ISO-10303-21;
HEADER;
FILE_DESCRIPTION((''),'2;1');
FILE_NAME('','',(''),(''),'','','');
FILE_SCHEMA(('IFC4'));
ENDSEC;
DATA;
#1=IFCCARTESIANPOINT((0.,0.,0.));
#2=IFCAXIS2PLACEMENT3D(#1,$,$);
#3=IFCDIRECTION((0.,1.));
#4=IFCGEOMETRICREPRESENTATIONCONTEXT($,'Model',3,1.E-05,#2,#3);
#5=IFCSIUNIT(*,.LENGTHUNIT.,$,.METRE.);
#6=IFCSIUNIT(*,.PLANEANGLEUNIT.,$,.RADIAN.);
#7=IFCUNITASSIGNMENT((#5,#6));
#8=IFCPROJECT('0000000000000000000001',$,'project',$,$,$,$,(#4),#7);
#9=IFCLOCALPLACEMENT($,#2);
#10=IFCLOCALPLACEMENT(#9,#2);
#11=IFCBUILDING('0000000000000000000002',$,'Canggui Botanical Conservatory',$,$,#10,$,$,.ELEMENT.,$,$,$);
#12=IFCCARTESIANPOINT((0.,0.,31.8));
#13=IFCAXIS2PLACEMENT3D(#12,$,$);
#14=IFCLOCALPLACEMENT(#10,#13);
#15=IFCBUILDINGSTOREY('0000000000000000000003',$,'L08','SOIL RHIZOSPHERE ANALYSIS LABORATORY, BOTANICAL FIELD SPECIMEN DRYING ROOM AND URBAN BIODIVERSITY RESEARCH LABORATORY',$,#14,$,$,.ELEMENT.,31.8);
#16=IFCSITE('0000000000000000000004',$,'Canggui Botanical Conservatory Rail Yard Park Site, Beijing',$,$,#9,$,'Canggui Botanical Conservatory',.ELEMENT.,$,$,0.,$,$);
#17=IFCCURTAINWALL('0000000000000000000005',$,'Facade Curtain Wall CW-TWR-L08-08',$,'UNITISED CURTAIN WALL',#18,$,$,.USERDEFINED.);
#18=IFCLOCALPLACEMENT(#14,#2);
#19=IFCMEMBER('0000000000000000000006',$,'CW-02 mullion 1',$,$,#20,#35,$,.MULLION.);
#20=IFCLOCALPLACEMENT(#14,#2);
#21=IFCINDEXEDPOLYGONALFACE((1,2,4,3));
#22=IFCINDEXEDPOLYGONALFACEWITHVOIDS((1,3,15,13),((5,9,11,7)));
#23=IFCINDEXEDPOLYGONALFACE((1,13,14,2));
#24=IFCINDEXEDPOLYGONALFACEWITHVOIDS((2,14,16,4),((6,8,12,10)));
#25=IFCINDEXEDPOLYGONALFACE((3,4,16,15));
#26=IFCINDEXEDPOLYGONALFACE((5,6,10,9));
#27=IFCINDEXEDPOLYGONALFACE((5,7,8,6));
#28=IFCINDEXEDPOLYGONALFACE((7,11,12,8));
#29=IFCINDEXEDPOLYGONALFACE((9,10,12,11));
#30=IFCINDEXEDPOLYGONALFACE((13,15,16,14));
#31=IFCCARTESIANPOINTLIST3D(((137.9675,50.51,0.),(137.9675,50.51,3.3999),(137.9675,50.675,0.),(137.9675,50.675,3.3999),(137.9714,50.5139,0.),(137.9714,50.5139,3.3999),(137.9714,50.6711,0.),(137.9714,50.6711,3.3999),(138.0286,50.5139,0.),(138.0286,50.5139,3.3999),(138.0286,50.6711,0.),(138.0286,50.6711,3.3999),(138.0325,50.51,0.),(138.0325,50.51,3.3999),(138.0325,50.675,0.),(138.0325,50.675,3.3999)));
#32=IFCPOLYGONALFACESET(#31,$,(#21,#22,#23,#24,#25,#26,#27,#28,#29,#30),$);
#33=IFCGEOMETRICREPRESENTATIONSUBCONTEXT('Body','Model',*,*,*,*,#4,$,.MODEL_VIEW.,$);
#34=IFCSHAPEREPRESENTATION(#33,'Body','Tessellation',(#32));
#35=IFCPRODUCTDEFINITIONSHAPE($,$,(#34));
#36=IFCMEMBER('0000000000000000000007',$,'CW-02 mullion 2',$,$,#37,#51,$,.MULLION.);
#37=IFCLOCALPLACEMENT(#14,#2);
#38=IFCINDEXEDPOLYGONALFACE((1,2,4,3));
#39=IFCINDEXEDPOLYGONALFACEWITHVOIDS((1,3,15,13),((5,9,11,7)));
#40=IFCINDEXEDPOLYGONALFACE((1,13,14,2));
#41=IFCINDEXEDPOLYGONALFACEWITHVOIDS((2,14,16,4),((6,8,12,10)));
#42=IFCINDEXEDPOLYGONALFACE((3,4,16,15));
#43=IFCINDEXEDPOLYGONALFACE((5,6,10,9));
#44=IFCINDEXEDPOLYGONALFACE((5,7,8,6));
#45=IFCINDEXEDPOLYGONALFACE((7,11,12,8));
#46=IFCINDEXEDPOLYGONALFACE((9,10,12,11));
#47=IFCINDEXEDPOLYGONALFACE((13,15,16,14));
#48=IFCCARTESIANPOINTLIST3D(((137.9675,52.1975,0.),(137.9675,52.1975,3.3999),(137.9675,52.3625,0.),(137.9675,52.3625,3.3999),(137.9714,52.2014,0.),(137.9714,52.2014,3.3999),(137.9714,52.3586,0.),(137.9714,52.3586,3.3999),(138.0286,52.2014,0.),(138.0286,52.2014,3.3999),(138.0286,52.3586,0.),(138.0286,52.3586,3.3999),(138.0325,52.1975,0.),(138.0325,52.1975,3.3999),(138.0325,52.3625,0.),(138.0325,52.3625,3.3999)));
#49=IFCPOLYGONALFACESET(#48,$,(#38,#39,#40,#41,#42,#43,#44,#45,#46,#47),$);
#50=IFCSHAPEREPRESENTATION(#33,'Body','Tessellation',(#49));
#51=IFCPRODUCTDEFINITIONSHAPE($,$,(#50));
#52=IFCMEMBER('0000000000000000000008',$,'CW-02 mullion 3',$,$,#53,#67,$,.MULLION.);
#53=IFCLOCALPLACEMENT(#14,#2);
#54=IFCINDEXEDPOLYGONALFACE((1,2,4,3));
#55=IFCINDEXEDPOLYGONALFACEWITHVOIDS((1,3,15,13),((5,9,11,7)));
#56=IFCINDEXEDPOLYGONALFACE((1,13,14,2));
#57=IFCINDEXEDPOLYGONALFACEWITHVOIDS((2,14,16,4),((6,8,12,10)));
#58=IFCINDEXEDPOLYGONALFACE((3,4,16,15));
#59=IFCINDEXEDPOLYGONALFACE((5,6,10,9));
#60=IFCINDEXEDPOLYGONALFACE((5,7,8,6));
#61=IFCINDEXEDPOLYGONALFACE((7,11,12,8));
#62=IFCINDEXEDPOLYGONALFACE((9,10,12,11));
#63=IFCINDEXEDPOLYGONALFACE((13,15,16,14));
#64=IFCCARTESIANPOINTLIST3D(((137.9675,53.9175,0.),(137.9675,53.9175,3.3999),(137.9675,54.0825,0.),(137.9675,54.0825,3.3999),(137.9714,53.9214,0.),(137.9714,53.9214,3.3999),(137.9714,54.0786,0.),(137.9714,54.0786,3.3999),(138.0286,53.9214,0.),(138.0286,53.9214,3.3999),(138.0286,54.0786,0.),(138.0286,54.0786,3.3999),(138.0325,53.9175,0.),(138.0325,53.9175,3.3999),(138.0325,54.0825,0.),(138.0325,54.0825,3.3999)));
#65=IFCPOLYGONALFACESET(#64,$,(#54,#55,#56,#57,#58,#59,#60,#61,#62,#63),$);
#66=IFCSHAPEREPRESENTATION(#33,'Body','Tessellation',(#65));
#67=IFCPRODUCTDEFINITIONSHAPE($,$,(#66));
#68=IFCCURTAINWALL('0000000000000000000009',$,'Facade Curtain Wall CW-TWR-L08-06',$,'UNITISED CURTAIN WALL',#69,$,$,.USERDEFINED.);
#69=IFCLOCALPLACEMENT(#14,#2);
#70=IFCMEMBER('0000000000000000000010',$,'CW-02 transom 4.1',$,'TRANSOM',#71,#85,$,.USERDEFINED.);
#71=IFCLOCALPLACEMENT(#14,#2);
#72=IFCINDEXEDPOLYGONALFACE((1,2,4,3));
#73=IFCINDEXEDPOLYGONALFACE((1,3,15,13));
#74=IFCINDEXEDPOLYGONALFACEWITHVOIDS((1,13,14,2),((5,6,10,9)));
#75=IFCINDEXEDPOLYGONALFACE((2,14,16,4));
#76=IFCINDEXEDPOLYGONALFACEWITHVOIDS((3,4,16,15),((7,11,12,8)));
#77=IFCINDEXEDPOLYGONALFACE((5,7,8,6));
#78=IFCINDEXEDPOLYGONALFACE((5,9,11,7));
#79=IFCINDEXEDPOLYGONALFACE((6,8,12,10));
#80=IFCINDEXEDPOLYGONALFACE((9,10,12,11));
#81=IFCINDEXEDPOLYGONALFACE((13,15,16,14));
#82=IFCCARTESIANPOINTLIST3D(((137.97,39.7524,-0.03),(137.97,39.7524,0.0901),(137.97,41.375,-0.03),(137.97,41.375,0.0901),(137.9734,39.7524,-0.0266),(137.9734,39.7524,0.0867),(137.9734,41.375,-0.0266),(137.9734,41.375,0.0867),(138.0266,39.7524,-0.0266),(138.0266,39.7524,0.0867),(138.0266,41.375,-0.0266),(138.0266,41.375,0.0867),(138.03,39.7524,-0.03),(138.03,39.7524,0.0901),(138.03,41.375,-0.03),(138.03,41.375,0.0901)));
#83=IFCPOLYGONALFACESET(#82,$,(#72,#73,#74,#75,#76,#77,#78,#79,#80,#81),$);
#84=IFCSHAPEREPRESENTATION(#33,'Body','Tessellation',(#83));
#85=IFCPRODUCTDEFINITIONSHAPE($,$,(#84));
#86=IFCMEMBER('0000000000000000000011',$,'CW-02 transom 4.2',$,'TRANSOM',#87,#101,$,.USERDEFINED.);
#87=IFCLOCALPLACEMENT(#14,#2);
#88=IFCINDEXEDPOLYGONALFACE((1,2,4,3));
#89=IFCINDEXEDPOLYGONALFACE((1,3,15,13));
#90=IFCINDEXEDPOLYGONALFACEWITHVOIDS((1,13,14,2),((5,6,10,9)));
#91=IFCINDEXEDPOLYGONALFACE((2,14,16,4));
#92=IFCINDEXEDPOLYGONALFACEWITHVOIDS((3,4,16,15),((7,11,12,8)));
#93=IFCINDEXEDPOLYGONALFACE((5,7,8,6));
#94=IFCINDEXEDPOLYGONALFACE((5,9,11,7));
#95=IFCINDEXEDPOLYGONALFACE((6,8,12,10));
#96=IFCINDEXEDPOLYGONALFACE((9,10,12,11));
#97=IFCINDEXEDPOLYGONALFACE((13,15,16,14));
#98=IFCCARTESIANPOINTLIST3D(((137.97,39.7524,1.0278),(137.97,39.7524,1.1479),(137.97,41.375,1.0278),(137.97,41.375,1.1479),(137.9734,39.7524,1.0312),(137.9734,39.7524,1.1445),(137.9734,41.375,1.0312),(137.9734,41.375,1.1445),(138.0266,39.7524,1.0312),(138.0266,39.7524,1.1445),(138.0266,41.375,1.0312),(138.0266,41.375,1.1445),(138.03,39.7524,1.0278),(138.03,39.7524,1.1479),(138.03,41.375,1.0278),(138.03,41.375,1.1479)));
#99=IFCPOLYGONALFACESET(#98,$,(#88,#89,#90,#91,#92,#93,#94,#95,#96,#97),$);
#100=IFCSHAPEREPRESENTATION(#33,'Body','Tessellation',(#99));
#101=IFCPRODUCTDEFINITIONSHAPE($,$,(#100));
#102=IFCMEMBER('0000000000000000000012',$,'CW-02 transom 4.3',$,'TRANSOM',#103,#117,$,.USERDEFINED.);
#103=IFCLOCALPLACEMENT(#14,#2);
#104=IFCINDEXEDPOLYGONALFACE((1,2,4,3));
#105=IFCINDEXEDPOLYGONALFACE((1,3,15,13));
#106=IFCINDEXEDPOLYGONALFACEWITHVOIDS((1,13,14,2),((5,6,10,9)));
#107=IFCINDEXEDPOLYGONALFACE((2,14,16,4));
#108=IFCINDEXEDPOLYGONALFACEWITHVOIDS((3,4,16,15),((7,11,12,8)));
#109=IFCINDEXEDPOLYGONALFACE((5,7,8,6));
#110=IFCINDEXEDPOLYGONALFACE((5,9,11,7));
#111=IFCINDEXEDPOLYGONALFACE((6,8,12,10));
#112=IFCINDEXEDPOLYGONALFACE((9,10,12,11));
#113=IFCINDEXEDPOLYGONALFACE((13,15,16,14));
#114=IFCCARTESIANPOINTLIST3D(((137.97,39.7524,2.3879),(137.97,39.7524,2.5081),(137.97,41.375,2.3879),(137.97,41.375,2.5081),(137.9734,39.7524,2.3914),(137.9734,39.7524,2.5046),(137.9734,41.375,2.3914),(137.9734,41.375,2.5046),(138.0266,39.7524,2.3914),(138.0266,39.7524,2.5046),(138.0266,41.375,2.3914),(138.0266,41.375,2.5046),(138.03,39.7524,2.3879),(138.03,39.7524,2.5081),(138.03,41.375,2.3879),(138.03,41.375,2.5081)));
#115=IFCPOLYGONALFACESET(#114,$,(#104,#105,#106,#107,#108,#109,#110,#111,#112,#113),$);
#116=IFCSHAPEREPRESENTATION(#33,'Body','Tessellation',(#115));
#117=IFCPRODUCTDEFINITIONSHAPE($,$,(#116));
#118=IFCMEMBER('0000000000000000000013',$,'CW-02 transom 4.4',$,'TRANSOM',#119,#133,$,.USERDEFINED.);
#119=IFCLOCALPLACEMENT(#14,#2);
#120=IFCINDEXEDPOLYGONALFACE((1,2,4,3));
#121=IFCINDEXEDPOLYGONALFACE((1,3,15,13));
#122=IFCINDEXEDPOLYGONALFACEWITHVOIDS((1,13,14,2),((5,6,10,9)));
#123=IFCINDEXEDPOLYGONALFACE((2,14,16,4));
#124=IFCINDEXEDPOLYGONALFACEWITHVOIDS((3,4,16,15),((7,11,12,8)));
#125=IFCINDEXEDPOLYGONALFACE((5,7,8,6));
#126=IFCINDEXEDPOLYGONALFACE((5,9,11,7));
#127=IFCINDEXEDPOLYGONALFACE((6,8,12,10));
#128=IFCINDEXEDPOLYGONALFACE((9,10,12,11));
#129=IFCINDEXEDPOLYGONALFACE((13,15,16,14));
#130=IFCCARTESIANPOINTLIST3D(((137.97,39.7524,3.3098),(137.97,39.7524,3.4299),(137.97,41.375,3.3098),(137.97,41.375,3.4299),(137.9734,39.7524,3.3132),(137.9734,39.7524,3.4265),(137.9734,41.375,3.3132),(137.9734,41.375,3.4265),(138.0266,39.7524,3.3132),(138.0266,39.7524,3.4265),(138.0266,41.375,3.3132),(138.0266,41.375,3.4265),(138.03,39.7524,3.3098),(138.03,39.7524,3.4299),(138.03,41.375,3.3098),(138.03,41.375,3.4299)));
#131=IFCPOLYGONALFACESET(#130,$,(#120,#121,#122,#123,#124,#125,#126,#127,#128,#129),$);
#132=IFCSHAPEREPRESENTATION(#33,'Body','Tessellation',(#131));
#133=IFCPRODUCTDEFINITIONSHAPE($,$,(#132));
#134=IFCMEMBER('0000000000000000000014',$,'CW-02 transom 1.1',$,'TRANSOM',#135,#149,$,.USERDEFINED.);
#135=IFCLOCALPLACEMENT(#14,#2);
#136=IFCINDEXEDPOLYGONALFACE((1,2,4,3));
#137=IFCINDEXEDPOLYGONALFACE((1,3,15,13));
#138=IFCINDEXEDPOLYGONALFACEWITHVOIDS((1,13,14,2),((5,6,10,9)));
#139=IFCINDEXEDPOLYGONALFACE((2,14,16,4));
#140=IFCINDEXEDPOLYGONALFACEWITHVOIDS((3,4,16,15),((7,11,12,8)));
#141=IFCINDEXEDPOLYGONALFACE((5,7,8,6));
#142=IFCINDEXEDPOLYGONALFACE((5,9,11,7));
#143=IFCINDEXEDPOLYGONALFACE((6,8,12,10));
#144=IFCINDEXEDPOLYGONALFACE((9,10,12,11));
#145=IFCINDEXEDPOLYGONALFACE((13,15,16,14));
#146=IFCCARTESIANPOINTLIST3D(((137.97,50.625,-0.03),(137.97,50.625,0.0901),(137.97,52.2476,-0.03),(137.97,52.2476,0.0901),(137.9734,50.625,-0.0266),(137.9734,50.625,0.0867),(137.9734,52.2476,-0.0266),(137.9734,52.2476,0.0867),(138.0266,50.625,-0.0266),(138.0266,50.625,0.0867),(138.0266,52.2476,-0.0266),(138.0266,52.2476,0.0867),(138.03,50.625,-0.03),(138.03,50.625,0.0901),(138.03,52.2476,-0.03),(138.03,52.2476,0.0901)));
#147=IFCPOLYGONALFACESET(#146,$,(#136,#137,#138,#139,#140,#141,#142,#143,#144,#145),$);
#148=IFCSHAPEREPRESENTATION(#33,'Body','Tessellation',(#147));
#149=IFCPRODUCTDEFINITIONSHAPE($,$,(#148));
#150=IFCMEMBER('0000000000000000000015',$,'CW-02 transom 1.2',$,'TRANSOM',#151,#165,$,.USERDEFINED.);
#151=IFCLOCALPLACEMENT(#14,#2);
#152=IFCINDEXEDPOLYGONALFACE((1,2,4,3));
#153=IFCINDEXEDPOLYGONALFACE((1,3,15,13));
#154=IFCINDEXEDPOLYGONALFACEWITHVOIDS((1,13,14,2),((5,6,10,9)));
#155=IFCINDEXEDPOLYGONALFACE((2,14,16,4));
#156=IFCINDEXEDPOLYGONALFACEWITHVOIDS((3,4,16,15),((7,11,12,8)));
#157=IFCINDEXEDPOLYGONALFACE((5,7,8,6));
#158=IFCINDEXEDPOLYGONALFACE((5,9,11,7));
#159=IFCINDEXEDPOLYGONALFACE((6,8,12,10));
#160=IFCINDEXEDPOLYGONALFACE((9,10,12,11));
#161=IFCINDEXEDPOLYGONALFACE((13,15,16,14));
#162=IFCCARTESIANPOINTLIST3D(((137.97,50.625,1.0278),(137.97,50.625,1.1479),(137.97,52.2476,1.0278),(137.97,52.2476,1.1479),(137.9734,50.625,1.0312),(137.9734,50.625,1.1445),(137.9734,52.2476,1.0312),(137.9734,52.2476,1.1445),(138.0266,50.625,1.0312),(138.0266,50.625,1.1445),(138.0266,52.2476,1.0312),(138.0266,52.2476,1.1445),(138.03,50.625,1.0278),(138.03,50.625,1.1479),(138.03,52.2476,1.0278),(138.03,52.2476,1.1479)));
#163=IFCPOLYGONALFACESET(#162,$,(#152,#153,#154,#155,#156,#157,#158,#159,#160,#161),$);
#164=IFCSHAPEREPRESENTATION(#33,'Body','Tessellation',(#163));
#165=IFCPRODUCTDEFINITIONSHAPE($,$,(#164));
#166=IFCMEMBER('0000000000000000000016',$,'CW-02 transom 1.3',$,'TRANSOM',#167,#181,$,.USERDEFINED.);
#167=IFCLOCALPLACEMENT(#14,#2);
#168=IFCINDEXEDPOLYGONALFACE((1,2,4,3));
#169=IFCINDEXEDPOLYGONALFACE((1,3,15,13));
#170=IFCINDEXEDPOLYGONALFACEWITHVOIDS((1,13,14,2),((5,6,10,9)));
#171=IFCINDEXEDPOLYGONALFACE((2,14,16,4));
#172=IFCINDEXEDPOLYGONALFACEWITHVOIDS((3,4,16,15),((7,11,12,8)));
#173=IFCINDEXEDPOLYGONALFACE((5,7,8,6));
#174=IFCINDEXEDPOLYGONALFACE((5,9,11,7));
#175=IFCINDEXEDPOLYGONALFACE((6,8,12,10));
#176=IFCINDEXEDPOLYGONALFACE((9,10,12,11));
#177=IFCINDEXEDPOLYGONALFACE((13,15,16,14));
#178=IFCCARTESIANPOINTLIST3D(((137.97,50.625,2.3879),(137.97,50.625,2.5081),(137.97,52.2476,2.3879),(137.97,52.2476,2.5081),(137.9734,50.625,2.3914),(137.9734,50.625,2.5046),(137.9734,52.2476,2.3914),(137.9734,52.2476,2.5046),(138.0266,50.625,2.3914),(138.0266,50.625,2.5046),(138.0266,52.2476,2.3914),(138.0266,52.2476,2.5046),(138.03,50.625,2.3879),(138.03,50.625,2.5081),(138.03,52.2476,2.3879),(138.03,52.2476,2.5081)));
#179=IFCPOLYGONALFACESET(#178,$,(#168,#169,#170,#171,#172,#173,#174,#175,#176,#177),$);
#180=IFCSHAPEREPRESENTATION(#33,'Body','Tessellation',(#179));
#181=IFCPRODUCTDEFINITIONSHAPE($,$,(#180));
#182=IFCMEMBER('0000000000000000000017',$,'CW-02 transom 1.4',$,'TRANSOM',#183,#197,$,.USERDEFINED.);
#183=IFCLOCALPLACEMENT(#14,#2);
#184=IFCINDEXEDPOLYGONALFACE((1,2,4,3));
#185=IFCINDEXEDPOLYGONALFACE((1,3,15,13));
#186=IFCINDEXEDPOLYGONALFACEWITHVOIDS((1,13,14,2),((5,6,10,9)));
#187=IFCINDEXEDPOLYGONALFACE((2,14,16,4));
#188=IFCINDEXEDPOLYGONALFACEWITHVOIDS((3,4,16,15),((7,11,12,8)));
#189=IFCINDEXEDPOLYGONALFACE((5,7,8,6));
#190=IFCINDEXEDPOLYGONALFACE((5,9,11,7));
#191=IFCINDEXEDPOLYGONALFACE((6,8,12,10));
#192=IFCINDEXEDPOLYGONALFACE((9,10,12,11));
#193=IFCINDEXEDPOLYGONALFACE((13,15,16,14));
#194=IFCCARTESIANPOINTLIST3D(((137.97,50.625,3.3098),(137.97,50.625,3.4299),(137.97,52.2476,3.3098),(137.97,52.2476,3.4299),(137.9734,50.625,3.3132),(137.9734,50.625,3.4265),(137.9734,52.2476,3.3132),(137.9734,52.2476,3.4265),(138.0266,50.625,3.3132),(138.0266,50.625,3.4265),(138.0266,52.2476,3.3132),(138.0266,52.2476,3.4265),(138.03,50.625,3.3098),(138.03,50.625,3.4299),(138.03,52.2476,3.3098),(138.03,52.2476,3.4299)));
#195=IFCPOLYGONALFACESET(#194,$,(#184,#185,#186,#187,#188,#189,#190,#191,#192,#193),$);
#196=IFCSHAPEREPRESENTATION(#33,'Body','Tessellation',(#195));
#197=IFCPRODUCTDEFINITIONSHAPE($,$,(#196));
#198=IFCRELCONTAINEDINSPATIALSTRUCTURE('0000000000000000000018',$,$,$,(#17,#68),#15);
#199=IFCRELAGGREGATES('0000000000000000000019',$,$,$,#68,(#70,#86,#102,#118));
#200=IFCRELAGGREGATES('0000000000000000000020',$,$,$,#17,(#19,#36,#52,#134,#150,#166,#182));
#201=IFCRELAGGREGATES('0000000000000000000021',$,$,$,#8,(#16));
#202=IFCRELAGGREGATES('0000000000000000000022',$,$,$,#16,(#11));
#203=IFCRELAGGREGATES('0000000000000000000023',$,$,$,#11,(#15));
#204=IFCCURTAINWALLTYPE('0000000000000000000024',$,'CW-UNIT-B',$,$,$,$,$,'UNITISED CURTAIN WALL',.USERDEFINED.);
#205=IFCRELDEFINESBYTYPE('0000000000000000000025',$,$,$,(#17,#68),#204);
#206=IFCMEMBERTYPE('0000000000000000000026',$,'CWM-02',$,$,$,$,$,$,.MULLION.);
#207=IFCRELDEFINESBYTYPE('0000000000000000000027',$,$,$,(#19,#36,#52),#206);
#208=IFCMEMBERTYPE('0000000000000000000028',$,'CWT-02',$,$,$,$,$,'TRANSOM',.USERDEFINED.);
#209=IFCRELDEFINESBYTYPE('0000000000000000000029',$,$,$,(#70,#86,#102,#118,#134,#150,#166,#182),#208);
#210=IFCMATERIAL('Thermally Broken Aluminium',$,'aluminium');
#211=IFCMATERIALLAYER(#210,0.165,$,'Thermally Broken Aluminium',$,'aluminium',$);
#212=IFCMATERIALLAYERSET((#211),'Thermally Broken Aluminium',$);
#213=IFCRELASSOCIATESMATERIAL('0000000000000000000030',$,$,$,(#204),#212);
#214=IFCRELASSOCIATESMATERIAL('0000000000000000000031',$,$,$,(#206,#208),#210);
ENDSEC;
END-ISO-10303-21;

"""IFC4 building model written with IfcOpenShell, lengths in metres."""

from ifc_helpers import new_model, si_unit, direction, frame, origin, origin_2d, place, context, subcontext, project, spatial, hollow_rectangle, extrude, material, layer, layer_set, material_profile, profile_set, type_object, element, aggregate, save


model = new_model("IFC4")

# Units and contexts
model_context = context("Model", 3, precision=1e-05, world=origin(), true_north=direction((0.0, 1.0)))
body_context = subcontext(model_context, "Body", "Model", "MODEL_VIEW")
ifc_project = project(units=[si_unit("LENGTHUNIT", "METRE"), si_unit("PLANEANGLEUNIT", "RADIAN")], contexts=[model_context])

# Site, building, storey
site_placement = place(None, origin())
site = spatial("IfcSite", under=ifc_project, at=site_placement, Name="Canggui Botanical Conservatory Rail Yard Park Site, Beijing", LongName="Canggui Botanical Conservatory", CompositionType="ELEMENT", RefElevation=0.0)
building_placement = place(site_placement, origin())
building = spatial("IfcBuilding", under=site, at=building_placement, Name="Canggui Botanical Conservatory", CompositionType="ELEMENT")
storey_placement = place(building_placement, frame((0.0, 0.0, 31.8)))
storey = spatial("IfcBuildingStorey", under=building, at=storey_placement, Name="L08", Description="SOIL RHIZOSPHERE ANALYSIS LABORATORY, BOTANICAL FIELD SPECIMEN DRYING ROOM AND URBAN BIODIVERSITY RESEARCH LABORATORY", CompositionType="ELEMENT", Elevation=31.8)

# Curtain walls, members
ifc_material_1 = material(Name="Thermally Broken Aluminium", Category="aluminium")
ifc_layer_1 = layer(ifc_material_1, 0.165, Name="Thermally Broken Aluminium", Category="aluminium")
ifc_layer_set_1 = layer_set([ifc_layer_1], Name="Thermally Broken Aluminium")
curtain_wall_type = type_object("IfcCurtainWallType", Name="CW-UNIT-B", ElementType="UNITISED CURTAIN WALL", PredefinedType="USERDEFINED", material=ifc_layer_set_1)
curtain_wall_1_placement = place(storey_placement, origin())
curtain_wall_1 = element("IfcCurtainWall", 1, at=curtain_wall_1_placement, inside=storey, type_object=curtain_wall_type, Name="Facade Curtain Wall CW-TWR-L08-08", ObjectType="UNITISED CURTAIN WALL", PredefinedType="USERDEFINED")
ifc_material_profile_1 = material_profile(ifc_material_1, hollow_rectangle(XDim=0.0649, YDim=0.165, WallThickness=0.0039, at=origin_2d()), Name="CWM 65x165x4")
ifc_profile_set_1 = profile_set([ifc_material_profile_1], Name="Thermally Broken Aluminium")
member_type_1 = type_object("IfcMemberType", Name="CWM-02", PredefinedType="MULLION", material=ifc_profile_set_1)
member_1_placement = place(storey_placement, frame((138.0, 50.5925, 0.0), z_axis=(0.0, 0.0, 1.0), x_axis=(-1.0, 0.0, 0.0)))
member_1 = element("IfcMember", 2, at=member_1_placement, type_object=member_type_1, Name="CW-02 mullion 1", PredefinedType="MULLION", context=body_context, shape_type="SweptSolid", body=[
    extrude(hollow_rectangle(XDim=0.0649, YDim=0.165, WallThickness=0.0039, at=origin_2d()), origin(), (0.0, 0.0, 1.0), 3.3999),
])
member_2_placement = place(storey_placement, frame((138.0, 52.28, 0.0), z_axis=(0.0, 0.0, 1.0), x_axis=(-1.0, 0.0, 0.0)))
member_2 = element("IfcMember", 3, at=member_2_placement, type_object=member_type_1, Name="CW-02 mullion 2", PredefinedType="MULLION", context=body_context, shape_type="SweptSolid", body=[
    extrude(hollow_rectangle(XDim=0.0649, YDim=0.165, WallThickness=0.0039, at=origin_2d()), origin(), (0.0, 0.0, 1.0), 3.3999),
])
member_3_placement = place(storey_placement, frame((138.0, 54.0, 0.0), z_axis=(0.0, 0.0, 1.0), x_axis=(-1.0, 0.0, 0.0)))
member_3 = element("IfcMember", 4, at=member_3_placement, type_object=member_type_1, Name="CW-02 mullion 3", PredefinedType="MULLION", context=body_context, shape_type="SweptSolid", body=[
    extrude(hollow_rectangle(XDim=0.0649, YDim=0.165, WallThickness=0.0039, at=origin_2d()), origin(), (0.0, 0.0, 1.0), 3.3999),
])
curtain_wall_2_placement = place(storey_placement, origin())
curtain_wall_2 = element("IfcCurtainWall", 5, at=curtain_wall_2_placement, inside=storey, type_object=curtain_wall_type, Name="Facade Curtain Wall CW-TWR-L08-06", ObjectType="UNITISED CURTAIN WALL", PredefinedType="USERDEFINED")
ifc_material_profile_2 = material_profile(ifc_material_1, hollow_rectangle(XDim=0.0601, YDim=0.1201, WallThickness=0.0034, at=origin_2d()), Name="CWT 60x120x3.5")
ifc_profile_set_2 = profile_set([ifc_material_profile_2], Name="Thermally Broken Aluminium")
member_type_2 = type_object("IfcMemberType", Name="CWT-02", ElementType="TRANSOM", PredefinedType="USERDEFINED", material=ifc_profile_set_2)
member_4_placement = place(storey_placement, frame((138.0, 39.7524, 0.03), z_axis=(0.0, 1.0, 0.0), x_axis=(-1.0, 0.0, 0.0)))
member_4 = element("IfcMember", 6, at=member_4_placement, type_object=member_type_2, Name="CW-02 transom 4.1", ObjectType="TRANSOM", PredefinedType="USERDEFINED", context=body_context, shape_type="SweptSolid", body=[
    extrude(hollow_rectangle(XDim=0.0601, YDim=0.1201, WallThickness=0.0034, at=origin_2d()), origin(), (0.0, 0.0, 1.0), 1.6226),
])
member_5_placement = place(storey_placement, frame((138.0, 39.7524, 1.0879), z_axis=(0.0, 1.0, 0.0), x_axis=(-1.0, 0.0, 0.0)))
member_5 = element("IfcMember", 7, at=member_5_placement, type_object=member_type_2, Name="CW-02 transom 4.2", ObjectType="TRANSOM", PredefinedType="USERDEFINED", context=body_context, shape_type="SweptSolid", body=[
    extrude(hollow_rectangle(XDim=0.0601, YDim=0.1201, WallThickness=0.0034, at=origin_2d()), origin(), (0.0, 0.0, 1.0), 1.6226),
])
member_6_placement = place(storey_placement, frame((138.0, 39.7524, 2.448), z_axis=(0.0, 1.0, 0.0), x_axis=(-1.0, 0.0, 0.0)))
member_6 = element("IfcMember", 8, at=member_6_placement, type_object=member_type_2, Name="CW-02 transom 4.3", ObjectType="TRANSOM", PredefinedType="USERDEFINED", context=body_context, shape_type="SweptSolid", body=[
    extrude(hollow_rectangle(XDim=0.0601, YDim=0.1201, WallThickness=0.0034, at=origin_2d()), origin(), (0.0, 0.0, 1.0), 1.6226),
])
member_7_placement = place(storey_placement, frame((138.0, 39.7524, 3.3699), z_axis=(0.0, 1.0, 0.0), x_axis=(-1.0, 0.0, 0.0)))
member_7 = element("IfcMember", 9, at=member_7_placement, type_object=member_type_2, Name="CW-02 transom 4.4", ObjectType="TRANSOM", PredefinedType="USERDEFINED", context=body_context, shape_type="SweptSolid", body=[
    extrude(hollow_rectangle(XDim=0.0601, YDim=0.1201, WallThickness=0.0034, at=origin_2d()), origin(), (0.0, 0.0, 1.0), 1.6226),
])

# Members
member_8_placement = place(storey_placement, frame((138.0, 50.625, 0.03), z_axis=(0.0, 1.0, 0.0), x_axis=(-1.0, 0.0, 0.0)))
member_8 = element("IfcMember", 10, at=member_8_placement, type_object=member_type_2, Name="CW-02 transom 1.1", ObjectType="TRANSOM", PredefinedType="USERDEFINED", context=body_context, shape_type="SweptSolid", body=[
    extrude(hollow_rectangle(XDim=0.0601, YDim=0.1201, WallThickness=0.0034, at=origin_2d()), origin(), (0.0, 0.0, 1.0), 1.6226),
])
member_9_placement = place(storey_placement, frame((138.0, 50.625, 1.0879), z_axis=(0.0, 1.0, 0.0), x_axis=(-1.0, 0.0, 0.0)))
member_9 = element("IfcMember", 11, at=member_9_placement, type_object=member_type_2, Name="CW-02 transom 1.2", ObjectType="TRANSOM", PredefinedType="USERDEFINED", context=body_context, shape_type="SweptSolid", body=[
    extrude(hollow_rectangle(XDim=0.0601, YDim=0.1201, WallThickness=0.0034, at=origin_2d()), origin(), (0.0, 0.0, 1.0), 1.6226),
])
member_10_placement = place(storey_placement, frame((138.0, 50.625, 2.448), z_axis=(0.0, 1.0, 0.0), x_axis=(-1.0, 0.0, 0.0)))
member_10 = element("IfcMember", 12, at=member_10_placement, type_object=member_type_2, Name="CW-02 transom 1.3", ObjectType="TRANSOM", PredefinedType="USERDEFINED", context=body_context, shape_type="SweptSolid", body=[
    extrude(hollow_rectangle(XDim=0.0601, YDim=0.1201, WallThickness=0.0034, at=origin_2d()), origin(), (0.0, 0.0, 1.0), 1.6226),
])
member_11_placement = place(storey_placement, frame((138.0, 50.625, 3.3699), z_axis=(0.0, 1.0, 0.0), x_axis=(-1.0, 0.0, 0.0)))
member_11 = element("IfcMember", 13, at=member_11_placement, type_object=member_type_2, Name="CW-02 transom 1.4", ObjectType="TRANSOM", PredefinedType="USERDEFINED", context=body_context, shape_type="SweptSolid", body=[
    extrude(hollow_rectangle(XDim=0.0601, YDim=0.1201, WallThickness=0.0034, at=origin_2d()), origin(), (0.0, 0.0, 1.0), 1.6226),
])

aggregate(curtain_wall_2, [member_4, member_5, member_6, member_7])
aggregate(curtain_wall_1, [member_1, member_2, member_3, member_8, member_9, member_10, member_11])

save(model, "model.ifc")
